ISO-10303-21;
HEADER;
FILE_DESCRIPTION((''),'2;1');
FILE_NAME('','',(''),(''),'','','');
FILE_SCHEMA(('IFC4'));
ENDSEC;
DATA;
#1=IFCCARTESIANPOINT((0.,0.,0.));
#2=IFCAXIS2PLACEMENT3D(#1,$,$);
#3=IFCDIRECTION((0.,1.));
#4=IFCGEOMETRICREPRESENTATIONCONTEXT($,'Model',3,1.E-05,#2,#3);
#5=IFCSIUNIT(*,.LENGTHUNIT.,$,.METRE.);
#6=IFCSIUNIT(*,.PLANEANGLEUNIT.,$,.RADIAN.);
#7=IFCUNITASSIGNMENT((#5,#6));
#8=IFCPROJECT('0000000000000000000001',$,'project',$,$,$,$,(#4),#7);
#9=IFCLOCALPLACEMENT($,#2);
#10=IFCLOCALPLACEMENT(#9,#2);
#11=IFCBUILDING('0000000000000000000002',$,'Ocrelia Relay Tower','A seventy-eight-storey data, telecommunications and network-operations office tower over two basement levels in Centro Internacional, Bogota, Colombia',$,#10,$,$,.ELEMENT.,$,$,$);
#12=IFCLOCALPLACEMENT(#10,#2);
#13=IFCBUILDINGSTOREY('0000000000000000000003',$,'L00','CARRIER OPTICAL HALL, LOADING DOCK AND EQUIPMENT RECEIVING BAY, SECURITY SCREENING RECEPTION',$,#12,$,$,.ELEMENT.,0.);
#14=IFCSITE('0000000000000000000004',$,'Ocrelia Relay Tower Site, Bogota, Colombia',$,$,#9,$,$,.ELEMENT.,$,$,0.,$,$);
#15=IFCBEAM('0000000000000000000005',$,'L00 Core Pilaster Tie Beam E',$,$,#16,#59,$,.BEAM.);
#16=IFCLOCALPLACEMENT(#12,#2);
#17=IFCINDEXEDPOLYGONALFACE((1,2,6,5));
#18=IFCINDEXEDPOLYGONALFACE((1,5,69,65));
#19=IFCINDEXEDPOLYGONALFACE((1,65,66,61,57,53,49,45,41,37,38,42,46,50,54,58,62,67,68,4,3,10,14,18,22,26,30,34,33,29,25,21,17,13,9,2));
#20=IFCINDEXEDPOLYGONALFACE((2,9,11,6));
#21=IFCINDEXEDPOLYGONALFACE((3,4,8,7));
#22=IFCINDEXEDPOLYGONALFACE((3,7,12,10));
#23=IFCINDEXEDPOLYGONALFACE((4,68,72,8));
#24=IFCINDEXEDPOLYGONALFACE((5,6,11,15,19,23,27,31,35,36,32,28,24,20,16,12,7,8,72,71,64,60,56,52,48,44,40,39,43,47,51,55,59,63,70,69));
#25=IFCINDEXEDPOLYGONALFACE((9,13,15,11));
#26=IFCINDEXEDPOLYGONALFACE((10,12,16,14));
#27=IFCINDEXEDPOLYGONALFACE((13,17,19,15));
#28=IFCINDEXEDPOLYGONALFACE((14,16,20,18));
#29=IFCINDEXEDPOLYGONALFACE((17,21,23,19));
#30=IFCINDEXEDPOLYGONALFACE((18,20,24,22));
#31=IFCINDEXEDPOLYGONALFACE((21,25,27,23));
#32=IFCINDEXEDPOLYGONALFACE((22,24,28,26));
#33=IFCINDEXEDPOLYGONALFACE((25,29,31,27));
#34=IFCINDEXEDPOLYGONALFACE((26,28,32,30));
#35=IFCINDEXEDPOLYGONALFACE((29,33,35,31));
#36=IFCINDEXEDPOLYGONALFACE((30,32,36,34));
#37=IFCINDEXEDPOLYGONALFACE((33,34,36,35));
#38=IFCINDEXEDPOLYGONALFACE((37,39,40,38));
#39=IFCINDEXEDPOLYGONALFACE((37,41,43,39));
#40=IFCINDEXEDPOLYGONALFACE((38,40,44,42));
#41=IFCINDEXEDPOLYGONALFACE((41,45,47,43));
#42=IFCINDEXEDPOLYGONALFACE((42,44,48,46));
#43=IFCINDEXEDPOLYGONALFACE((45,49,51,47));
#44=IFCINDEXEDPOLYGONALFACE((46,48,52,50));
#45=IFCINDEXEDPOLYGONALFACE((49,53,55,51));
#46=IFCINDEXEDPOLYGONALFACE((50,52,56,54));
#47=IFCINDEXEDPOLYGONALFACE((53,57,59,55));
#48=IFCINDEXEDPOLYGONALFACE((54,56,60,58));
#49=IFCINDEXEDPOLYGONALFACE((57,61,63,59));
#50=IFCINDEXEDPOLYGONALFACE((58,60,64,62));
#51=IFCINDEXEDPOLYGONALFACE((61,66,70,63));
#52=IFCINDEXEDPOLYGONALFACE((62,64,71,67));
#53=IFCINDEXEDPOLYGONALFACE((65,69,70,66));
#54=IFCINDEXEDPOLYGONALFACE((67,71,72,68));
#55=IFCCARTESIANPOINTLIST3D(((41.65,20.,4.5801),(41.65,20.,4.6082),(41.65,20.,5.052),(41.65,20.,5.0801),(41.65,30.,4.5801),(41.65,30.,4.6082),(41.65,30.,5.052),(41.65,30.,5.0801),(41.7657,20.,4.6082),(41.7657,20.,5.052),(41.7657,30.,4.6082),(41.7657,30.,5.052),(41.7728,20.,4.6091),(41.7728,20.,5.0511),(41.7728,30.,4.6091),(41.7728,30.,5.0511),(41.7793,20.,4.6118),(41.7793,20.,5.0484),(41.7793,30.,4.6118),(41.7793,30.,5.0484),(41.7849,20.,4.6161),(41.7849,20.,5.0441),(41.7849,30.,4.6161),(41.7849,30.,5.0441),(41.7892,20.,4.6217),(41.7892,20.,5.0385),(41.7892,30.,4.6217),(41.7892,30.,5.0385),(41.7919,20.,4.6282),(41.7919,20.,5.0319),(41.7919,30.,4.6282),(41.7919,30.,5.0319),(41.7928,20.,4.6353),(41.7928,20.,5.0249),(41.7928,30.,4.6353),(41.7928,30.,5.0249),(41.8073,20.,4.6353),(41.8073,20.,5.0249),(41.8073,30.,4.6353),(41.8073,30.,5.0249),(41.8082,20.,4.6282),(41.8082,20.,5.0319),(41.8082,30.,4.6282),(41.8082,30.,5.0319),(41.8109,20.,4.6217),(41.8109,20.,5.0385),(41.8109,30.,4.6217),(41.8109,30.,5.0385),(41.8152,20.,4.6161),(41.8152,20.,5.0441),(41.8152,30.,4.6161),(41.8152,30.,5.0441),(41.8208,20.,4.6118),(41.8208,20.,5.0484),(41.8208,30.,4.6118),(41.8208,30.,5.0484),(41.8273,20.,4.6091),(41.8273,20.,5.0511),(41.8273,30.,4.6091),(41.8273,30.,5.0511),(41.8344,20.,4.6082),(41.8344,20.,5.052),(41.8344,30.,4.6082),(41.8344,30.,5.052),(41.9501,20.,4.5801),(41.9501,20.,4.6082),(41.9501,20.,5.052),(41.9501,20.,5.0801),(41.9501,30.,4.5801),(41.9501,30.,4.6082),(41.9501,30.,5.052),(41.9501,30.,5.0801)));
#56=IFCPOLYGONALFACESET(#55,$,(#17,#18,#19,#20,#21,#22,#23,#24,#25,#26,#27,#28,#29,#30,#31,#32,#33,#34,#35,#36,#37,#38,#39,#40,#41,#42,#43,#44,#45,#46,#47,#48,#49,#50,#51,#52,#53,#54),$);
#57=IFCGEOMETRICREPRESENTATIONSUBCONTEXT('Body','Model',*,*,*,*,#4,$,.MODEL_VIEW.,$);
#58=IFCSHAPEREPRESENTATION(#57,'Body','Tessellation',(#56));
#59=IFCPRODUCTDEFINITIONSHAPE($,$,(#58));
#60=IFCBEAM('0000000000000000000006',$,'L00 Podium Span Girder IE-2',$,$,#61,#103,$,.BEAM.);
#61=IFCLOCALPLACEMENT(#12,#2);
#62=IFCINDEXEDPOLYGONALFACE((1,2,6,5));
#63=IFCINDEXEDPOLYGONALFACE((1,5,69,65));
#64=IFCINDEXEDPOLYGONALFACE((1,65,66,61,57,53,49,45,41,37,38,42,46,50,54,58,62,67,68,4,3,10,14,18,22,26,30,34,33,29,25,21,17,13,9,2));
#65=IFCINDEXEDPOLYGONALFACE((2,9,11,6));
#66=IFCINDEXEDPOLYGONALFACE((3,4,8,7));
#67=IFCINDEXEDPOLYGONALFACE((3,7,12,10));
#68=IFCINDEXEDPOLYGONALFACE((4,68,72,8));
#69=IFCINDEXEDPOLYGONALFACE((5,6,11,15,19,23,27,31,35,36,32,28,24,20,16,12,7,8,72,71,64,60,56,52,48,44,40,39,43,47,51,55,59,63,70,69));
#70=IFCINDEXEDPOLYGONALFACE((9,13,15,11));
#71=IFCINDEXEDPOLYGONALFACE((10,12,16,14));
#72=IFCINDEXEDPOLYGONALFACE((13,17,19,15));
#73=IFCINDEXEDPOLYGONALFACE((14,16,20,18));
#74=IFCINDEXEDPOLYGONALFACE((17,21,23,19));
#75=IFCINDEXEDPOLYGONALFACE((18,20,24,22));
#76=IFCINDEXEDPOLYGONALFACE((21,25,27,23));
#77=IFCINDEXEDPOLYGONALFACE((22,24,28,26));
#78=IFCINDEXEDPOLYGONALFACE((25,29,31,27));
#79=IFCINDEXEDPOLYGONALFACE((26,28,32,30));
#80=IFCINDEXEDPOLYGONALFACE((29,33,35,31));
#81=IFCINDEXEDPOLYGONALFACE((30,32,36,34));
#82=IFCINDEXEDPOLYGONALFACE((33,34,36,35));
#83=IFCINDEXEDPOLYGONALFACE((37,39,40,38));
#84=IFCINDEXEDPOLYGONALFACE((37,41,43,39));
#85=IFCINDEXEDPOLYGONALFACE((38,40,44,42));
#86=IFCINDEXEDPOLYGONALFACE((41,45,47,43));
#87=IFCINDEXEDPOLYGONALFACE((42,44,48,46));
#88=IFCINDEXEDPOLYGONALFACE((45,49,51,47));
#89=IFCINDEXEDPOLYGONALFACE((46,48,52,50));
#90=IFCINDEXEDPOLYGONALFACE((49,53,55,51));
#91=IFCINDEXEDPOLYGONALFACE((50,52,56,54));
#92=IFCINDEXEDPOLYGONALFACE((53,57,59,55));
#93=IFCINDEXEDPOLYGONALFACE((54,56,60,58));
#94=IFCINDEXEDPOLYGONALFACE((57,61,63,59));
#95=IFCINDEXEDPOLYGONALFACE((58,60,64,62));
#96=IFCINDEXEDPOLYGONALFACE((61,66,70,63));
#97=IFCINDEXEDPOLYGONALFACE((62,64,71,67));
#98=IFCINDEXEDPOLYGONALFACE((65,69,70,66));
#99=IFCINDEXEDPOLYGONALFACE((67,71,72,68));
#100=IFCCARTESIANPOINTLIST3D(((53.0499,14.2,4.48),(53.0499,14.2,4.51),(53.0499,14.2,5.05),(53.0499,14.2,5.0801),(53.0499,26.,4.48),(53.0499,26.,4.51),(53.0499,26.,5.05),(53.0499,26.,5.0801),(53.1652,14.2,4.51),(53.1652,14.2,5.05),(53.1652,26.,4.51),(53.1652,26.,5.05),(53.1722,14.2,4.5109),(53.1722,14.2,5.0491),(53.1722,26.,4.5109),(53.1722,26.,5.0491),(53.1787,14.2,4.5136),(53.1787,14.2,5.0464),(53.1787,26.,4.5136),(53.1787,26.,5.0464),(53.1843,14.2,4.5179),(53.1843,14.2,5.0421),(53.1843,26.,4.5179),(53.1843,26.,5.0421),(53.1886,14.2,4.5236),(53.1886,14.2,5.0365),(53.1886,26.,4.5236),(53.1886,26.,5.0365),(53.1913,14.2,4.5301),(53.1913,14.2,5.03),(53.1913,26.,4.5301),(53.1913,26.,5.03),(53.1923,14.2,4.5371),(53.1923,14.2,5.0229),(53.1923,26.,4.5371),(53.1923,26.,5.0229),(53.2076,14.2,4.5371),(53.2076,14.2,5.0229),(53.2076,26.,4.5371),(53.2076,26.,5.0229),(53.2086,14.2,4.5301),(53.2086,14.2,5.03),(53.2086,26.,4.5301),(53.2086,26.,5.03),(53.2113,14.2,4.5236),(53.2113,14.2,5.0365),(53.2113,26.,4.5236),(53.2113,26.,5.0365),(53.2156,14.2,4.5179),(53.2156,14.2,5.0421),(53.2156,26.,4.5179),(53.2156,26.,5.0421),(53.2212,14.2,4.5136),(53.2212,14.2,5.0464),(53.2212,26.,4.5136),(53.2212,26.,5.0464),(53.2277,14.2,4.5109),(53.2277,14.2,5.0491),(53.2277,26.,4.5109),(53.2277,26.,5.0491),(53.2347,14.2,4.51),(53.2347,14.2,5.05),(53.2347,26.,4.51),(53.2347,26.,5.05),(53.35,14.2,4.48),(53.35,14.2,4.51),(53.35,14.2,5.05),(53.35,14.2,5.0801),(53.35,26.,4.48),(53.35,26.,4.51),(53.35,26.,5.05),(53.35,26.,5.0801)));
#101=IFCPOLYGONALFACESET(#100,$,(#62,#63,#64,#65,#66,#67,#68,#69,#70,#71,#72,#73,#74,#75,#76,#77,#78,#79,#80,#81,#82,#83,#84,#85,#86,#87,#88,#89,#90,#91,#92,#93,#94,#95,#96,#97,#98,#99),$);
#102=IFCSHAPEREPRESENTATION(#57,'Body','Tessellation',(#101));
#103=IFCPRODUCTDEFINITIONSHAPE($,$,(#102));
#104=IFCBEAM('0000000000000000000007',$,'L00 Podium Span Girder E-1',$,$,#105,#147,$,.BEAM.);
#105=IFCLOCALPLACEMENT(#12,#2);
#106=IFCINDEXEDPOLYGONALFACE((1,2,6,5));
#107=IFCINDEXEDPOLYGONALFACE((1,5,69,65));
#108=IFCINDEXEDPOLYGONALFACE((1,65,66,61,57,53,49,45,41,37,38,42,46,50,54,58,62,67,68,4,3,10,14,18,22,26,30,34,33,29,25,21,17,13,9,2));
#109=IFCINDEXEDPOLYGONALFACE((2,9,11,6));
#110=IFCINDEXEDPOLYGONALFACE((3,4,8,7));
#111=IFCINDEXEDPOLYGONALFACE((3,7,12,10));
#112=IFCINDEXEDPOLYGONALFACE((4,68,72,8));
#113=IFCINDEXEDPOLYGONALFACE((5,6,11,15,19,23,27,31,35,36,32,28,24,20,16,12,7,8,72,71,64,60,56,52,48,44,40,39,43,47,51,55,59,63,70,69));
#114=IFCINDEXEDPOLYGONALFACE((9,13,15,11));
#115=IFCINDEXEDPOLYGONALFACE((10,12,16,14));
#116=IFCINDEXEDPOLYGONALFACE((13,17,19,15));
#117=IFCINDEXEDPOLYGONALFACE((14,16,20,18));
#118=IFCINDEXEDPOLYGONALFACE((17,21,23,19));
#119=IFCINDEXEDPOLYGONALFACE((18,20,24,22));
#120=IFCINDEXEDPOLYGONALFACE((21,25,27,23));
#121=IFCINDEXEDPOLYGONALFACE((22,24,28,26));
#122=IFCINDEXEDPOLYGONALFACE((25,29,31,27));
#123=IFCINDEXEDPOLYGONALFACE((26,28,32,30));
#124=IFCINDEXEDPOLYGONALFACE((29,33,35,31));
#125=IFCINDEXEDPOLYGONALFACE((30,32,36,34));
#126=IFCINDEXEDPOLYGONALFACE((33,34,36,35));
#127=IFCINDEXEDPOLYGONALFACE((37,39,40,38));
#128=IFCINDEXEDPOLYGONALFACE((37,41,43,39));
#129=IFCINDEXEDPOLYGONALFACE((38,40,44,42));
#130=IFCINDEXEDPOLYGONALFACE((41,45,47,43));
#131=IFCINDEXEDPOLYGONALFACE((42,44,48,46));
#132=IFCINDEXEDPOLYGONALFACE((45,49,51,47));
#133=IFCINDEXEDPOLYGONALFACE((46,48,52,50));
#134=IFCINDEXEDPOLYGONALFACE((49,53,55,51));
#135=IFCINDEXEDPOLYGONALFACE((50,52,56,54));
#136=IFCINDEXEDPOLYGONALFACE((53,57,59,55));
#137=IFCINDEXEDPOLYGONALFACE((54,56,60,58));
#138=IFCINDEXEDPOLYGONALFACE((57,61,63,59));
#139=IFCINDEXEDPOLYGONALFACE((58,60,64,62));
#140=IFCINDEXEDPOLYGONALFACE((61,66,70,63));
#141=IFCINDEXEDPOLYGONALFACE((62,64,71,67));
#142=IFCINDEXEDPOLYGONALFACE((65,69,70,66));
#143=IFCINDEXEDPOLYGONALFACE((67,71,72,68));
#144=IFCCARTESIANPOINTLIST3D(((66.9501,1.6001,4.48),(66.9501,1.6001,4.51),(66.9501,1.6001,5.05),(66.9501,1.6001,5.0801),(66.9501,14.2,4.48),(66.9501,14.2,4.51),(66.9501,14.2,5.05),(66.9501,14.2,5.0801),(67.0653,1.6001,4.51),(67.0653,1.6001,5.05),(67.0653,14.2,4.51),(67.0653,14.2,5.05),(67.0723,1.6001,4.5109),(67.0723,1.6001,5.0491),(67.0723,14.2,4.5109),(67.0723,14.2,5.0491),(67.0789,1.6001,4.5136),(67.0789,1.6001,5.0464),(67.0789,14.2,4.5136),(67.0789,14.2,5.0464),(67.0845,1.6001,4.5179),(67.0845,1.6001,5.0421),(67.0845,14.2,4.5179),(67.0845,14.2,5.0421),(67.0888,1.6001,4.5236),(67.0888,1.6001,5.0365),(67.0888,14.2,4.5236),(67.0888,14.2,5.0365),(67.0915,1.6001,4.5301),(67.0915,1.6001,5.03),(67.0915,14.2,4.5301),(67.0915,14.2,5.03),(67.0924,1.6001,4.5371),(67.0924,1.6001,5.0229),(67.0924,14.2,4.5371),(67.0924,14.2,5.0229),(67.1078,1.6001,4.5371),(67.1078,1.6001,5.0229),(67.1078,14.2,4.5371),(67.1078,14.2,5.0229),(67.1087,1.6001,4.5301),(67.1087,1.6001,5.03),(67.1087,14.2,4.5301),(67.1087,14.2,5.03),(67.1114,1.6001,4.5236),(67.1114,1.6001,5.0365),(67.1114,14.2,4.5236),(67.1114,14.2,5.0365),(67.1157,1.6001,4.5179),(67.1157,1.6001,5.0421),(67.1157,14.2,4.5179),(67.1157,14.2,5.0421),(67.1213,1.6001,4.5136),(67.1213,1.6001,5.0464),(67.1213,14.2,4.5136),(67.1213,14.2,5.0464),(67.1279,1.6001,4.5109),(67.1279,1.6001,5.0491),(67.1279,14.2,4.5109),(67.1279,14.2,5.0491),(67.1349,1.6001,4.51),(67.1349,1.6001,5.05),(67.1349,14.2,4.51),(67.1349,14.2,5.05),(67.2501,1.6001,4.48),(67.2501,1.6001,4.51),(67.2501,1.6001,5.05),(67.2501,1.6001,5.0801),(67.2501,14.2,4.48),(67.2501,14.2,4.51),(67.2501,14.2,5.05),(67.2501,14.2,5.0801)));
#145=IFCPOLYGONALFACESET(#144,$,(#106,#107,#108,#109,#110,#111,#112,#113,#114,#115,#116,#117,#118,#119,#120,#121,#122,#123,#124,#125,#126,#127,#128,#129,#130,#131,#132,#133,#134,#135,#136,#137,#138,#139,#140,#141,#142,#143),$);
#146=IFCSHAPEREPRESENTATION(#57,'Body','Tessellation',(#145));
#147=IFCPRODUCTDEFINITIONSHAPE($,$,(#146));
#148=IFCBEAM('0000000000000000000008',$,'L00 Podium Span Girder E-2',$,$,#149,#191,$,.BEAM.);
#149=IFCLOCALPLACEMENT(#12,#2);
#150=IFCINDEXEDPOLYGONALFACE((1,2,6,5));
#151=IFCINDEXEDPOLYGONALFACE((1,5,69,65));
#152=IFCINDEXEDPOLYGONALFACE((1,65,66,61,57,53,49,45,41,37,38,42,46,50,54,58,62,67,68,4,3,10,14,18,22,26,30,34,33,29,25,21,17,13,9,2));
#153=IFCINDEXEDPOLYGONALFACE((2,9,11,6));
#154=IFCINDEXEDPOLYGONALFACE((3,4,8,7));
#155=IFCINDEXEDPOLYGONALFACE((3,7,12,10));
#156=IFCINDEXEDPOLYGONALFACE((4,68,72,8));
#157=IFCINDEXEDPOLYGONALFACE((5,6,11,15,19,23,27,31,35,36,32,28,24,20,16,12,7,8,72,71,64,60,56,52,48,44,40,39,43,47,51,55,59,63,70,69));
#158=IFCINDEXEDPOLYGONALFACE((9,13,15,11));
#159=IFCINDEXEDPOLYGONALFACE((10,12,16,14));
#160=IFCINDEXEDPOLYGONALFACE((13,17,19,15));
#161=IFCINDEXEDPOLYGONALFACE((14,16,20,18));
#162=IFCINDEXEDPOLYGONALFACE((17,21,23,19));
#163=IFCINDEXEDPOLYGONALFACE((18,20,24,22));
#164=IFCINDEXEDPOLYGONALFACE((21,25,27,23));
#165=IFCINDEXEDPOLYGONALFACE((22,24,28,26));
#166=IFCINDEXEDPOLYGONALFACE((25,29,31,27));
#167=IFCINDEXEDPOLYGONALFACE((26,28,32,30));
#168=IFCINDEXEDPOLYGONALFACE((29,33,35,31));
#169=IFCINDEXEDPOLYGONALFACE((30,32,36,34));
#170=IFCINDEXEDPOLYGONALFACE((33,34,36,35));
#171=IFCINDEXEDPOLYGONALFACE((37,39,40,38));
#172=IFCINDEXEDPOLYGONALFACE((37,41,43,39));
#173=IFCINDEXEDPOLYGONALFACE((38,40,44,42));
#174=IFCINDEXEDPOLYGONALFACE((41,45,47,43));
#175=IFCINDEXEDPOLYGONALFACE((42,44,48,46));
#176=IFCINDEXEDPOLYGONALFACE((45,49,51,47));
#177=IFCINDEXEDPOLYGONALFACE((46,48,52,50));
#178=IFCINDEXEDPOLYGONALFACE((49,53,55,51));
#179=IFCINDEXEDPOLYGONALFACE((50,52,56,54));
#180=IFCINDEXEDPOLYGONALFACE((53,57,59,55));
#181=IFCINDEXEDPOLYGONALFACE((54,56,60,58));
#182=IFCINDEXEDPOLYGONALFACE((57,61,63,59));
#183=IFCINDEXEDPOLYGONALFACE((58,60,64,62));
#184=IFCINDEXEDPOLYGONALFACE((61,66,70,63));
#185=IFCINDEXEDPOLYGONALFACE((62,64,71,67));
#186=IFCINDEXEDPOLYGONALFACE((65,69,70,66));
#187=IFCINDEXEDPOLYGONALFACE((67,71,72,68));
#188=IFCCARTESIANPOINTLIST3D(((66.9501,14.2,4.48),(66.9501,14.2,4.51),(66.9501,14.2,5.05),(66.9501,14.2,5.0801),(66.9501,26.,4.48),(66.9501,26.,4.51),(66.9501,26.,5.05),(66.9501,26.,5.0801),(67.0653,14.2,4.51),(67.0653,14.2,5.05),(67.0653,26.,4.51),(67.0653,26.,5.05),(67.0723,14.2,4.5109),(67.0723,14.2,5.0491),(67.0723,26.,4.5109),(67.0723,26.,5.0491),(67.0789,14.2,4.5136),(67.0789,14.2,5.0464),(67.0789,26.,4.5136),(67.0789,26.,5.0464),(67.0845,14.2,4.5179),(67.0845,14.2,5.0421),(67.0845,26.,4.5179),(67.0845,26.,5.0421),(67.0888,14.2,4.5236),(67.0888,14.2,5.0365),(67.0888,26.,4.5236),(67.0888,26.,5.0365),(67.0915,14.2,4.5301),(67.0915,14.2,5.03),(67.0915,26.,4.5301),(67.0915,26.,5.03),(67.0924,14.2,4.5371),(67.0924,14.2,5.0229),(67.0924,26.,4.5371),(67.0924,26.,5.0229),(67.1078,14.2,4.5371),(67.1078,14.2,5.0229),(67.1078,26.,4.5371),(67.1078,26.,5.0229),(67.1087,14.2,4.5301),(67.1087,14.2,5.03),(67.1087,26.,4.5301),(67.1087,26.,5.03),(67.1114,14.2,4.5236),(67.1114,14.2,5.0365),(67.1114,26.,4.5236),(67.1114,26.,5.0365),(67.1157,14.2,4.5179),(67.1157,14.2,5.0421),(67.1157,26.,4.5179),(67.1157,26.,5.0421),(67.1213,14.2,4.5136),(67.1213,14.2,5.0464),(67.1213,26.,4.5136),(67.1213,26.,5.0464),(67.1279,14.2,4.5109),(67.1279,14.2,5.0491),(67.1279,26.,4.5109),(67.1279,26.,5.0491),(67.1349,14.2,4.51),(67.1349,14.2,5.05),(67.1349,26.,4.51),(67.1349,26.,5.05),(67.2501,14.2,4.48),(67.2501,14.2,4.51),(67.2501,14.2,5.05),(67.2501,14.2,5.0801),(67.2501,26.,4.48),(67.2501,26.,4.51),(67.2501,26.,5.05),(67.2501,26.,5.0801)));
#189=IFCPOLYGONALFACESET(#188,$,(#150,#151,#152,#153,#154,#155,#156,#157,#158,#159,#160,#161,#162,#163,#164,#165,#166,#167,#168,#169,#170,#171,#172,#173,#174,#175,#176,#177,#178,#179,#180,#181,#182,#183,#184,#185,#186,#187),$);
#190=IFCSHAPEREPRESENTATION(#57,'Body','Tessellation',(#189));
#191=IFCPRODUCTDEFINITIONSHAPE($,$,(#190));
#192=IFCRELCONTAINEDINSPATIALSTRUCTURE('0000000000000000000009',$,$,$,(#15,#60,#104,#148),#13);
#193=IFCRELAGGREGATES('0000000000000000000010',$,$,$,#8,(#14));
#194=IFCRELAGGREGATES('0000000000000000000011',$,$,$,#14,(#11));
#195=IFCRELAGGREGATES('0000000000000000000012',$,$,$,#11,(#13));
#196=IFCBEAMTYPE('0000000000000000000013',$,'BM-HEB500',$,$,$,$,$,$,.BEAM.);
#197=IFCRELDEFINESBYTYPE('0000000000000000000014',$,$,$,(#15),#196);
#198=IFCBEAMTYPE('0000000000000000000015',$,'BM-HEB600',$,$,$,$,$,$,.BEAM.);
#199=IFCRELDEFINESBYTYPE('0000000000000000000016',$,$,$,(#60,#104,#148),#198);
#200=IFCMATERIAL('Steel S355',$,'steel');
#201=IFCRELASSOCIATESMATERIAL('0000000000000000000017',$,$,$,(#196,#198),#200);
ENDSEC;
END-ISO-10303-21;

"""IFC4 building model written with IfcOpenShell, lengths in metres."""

from ifc_helpers import new_model, si_unit, direction, frame, origin, origin_2d, place, context, subcontext, project, spatial, i_section, extrude, material, material_profile, profile_set, type_object, element, save


model = new_model("IFC4")

# Units and contexts
model_context = context("Model", 3, precision=1e-05, world=origin(), true_north=direction((0.0, 1.0)))
body_context = subcontext(model_context, "Body", "Model", "MODEL_VIEW")
ifc_project = project(units=[si_unit("LENGTHUNIT", "METRE"), si_unit("PLANEANGLEUNIT", "RADIAN")], contexts=[model_context])

# Site, building, storey
site_placement = place(None, origin())
site = spatial("IfcSite", under=ifc_project, at=site_placement, Name="Ocrelia Relay Tower Site, Bogota, Colombia", CompositionType="ELEMENT", RefElevation=0.0)
building_placement = place(site_placement, origin())
building = spatial("IfcBuilding", under=site, at=building_placement, Name="Ocrelia Relay Tower", Description="A seventy-eight-storey data, telecommunications and network-operations office tower over two basement levels in Centro Internacional, Bogota, Colombia", CompositionType="ELEMENT")
storey_placement = place(building_placement, origin())
storey = spatial("IfcBuildingStorey", under=building, at=storey_placement, Name="L00", Description="CARRIER OPTICAL HALL, LOADING DOCK AND EQUIPMENT RECEIVING BAY, SECURITY SCREENING RECEPTION", CompositionType="ELEMENT", Elevation=0.0)

# Beams
ifc_material_1 = material(Name="Steel S355", Category="steel")
ifc_material_profile_1 = material_profile(ifc_material_1, i_section(OverallWidth=0.3, OverallDepth=0.5, WebThickness=0.0144, FlangeThickness=0.0281, FilletRadius=0.0271, at=origin_2d()), Name="HEB 500")
ifc_profile_set_1 = profile_set([ifc_material_profile_1], Name="Steel S355")
beam_type_1 = type_object("IfcBeamType", Name="BM-HEB500", PredefinedType="BEAM", material=ifc_profile_set_1)
beam_1_placement = place(storey_placement, frame((41.8, 20.0, 4.8301), z_axis=(0.0, 1.0, 0.0), x_axis=(-1.0, 0.0, 0.0)))
element("IfcBeam", 1, at=beam_1_placement, inside=storey, type_object=beam_type_1, Name="L00 Core Pilaster Tie Beam E", PredefinedType="BEAM", context=body_context, shape_type="SweptSolid", body=[
    extrude(i_section(OverallWidth=0.3, OverallDepth=0.5, WebThickness=0.0144, FlangeThickness=0.0281, FilletRadius=0.0271, at=origin_2d()), origin(), (0.0, 0.0, 1.0), 10.0),
])
ifc_material_profile_2 = material_profile(ifc_material_1, i_section(OverallWidth=0.3, OverallDepth=0.6001, WebThickness=0.0154, FlangeThickness=0.03, FilletRadius=0.0271, at=origin_2d()), Name="HEB 600")
ifc_profile_set_2 = profile_set([ifc_material_profile_2], Name="Steel S355")
beam_type_2 = type_object("IfcBeamType", Name="BM-HEB600", PredefinedType="BEAM", material=ifc_profile_set_2)
beam_2_placement = place(storey_placement, frame((53.2, 14.2, 4.78), z_axis=(0.0, 1.0, 0.0), x_axis=(-1.0, 0.0, 0.0)))
element("IfcBeam", 2, at=beam_2_placement, inside=storey, type_object=beam_type_2, Name="L00 Podium Span Girder IE-2", PredefinedType="BEAM", context=body_context, shape_type="SweptSolid", body=[
    extrude(i_section(OverallWidth=0.3, OverallDepth=0.6001, WebThickness=0.0154, FlangeThickness=0.03, FilletRadius=0.0271, at=origin_2d()), origin(), (0.0, 0.0, 1.0), 11.8),
])
beam_3_placement = place(storey_placement, frame((67.1001, 1.6001, 4.78), z_axis=(0.0, 1.0, 0.0), x_axis=(-1.0, 0.0, 0.0)))
element("IfcBeam", 3, at=beam_3_placement, inside=storey, type_object=beam_type_2, Name="L00 Podium Span Girder E-1", PredefinedType="BEAM", context=body_context, shape_type="SweptSolid", body=[
    extrude(i_section(OverallWidth=0.3, OverallDepth=0.6001, WebThickness=0.0154, FlangeThickness=0.03, FilletRadius=0.0271, at=origin_2d()), origin(), (0.0, 0.0, 1.0), 12.5999),
])
beam_4_placement = place(storey_placement, frame((67.1001, 14.2, 4.78), z_axis=(0.0, 1.0, 0.0), x_axis=(-1.0, 0.0, 0.0)))
element("IfcBeam", 4, at=beam_4_placement, inside=storey, type_object=beam_type_2, Name="L00 Podium Span Girder E-2", PredefinedType="BEAM", context=body_context, shape_type="SweptSolid", body=[
    extrude(i_section(OverallWidth=0.3, OverallDepth=0.6001, WebThickness=0.0154, FlangeThickness=0.03, FilletRadius=0.0271, at=origin_2d()), origin(), (0.0, 0.0, 1.0), 11.8),
])

save(model, "model.ifc")
